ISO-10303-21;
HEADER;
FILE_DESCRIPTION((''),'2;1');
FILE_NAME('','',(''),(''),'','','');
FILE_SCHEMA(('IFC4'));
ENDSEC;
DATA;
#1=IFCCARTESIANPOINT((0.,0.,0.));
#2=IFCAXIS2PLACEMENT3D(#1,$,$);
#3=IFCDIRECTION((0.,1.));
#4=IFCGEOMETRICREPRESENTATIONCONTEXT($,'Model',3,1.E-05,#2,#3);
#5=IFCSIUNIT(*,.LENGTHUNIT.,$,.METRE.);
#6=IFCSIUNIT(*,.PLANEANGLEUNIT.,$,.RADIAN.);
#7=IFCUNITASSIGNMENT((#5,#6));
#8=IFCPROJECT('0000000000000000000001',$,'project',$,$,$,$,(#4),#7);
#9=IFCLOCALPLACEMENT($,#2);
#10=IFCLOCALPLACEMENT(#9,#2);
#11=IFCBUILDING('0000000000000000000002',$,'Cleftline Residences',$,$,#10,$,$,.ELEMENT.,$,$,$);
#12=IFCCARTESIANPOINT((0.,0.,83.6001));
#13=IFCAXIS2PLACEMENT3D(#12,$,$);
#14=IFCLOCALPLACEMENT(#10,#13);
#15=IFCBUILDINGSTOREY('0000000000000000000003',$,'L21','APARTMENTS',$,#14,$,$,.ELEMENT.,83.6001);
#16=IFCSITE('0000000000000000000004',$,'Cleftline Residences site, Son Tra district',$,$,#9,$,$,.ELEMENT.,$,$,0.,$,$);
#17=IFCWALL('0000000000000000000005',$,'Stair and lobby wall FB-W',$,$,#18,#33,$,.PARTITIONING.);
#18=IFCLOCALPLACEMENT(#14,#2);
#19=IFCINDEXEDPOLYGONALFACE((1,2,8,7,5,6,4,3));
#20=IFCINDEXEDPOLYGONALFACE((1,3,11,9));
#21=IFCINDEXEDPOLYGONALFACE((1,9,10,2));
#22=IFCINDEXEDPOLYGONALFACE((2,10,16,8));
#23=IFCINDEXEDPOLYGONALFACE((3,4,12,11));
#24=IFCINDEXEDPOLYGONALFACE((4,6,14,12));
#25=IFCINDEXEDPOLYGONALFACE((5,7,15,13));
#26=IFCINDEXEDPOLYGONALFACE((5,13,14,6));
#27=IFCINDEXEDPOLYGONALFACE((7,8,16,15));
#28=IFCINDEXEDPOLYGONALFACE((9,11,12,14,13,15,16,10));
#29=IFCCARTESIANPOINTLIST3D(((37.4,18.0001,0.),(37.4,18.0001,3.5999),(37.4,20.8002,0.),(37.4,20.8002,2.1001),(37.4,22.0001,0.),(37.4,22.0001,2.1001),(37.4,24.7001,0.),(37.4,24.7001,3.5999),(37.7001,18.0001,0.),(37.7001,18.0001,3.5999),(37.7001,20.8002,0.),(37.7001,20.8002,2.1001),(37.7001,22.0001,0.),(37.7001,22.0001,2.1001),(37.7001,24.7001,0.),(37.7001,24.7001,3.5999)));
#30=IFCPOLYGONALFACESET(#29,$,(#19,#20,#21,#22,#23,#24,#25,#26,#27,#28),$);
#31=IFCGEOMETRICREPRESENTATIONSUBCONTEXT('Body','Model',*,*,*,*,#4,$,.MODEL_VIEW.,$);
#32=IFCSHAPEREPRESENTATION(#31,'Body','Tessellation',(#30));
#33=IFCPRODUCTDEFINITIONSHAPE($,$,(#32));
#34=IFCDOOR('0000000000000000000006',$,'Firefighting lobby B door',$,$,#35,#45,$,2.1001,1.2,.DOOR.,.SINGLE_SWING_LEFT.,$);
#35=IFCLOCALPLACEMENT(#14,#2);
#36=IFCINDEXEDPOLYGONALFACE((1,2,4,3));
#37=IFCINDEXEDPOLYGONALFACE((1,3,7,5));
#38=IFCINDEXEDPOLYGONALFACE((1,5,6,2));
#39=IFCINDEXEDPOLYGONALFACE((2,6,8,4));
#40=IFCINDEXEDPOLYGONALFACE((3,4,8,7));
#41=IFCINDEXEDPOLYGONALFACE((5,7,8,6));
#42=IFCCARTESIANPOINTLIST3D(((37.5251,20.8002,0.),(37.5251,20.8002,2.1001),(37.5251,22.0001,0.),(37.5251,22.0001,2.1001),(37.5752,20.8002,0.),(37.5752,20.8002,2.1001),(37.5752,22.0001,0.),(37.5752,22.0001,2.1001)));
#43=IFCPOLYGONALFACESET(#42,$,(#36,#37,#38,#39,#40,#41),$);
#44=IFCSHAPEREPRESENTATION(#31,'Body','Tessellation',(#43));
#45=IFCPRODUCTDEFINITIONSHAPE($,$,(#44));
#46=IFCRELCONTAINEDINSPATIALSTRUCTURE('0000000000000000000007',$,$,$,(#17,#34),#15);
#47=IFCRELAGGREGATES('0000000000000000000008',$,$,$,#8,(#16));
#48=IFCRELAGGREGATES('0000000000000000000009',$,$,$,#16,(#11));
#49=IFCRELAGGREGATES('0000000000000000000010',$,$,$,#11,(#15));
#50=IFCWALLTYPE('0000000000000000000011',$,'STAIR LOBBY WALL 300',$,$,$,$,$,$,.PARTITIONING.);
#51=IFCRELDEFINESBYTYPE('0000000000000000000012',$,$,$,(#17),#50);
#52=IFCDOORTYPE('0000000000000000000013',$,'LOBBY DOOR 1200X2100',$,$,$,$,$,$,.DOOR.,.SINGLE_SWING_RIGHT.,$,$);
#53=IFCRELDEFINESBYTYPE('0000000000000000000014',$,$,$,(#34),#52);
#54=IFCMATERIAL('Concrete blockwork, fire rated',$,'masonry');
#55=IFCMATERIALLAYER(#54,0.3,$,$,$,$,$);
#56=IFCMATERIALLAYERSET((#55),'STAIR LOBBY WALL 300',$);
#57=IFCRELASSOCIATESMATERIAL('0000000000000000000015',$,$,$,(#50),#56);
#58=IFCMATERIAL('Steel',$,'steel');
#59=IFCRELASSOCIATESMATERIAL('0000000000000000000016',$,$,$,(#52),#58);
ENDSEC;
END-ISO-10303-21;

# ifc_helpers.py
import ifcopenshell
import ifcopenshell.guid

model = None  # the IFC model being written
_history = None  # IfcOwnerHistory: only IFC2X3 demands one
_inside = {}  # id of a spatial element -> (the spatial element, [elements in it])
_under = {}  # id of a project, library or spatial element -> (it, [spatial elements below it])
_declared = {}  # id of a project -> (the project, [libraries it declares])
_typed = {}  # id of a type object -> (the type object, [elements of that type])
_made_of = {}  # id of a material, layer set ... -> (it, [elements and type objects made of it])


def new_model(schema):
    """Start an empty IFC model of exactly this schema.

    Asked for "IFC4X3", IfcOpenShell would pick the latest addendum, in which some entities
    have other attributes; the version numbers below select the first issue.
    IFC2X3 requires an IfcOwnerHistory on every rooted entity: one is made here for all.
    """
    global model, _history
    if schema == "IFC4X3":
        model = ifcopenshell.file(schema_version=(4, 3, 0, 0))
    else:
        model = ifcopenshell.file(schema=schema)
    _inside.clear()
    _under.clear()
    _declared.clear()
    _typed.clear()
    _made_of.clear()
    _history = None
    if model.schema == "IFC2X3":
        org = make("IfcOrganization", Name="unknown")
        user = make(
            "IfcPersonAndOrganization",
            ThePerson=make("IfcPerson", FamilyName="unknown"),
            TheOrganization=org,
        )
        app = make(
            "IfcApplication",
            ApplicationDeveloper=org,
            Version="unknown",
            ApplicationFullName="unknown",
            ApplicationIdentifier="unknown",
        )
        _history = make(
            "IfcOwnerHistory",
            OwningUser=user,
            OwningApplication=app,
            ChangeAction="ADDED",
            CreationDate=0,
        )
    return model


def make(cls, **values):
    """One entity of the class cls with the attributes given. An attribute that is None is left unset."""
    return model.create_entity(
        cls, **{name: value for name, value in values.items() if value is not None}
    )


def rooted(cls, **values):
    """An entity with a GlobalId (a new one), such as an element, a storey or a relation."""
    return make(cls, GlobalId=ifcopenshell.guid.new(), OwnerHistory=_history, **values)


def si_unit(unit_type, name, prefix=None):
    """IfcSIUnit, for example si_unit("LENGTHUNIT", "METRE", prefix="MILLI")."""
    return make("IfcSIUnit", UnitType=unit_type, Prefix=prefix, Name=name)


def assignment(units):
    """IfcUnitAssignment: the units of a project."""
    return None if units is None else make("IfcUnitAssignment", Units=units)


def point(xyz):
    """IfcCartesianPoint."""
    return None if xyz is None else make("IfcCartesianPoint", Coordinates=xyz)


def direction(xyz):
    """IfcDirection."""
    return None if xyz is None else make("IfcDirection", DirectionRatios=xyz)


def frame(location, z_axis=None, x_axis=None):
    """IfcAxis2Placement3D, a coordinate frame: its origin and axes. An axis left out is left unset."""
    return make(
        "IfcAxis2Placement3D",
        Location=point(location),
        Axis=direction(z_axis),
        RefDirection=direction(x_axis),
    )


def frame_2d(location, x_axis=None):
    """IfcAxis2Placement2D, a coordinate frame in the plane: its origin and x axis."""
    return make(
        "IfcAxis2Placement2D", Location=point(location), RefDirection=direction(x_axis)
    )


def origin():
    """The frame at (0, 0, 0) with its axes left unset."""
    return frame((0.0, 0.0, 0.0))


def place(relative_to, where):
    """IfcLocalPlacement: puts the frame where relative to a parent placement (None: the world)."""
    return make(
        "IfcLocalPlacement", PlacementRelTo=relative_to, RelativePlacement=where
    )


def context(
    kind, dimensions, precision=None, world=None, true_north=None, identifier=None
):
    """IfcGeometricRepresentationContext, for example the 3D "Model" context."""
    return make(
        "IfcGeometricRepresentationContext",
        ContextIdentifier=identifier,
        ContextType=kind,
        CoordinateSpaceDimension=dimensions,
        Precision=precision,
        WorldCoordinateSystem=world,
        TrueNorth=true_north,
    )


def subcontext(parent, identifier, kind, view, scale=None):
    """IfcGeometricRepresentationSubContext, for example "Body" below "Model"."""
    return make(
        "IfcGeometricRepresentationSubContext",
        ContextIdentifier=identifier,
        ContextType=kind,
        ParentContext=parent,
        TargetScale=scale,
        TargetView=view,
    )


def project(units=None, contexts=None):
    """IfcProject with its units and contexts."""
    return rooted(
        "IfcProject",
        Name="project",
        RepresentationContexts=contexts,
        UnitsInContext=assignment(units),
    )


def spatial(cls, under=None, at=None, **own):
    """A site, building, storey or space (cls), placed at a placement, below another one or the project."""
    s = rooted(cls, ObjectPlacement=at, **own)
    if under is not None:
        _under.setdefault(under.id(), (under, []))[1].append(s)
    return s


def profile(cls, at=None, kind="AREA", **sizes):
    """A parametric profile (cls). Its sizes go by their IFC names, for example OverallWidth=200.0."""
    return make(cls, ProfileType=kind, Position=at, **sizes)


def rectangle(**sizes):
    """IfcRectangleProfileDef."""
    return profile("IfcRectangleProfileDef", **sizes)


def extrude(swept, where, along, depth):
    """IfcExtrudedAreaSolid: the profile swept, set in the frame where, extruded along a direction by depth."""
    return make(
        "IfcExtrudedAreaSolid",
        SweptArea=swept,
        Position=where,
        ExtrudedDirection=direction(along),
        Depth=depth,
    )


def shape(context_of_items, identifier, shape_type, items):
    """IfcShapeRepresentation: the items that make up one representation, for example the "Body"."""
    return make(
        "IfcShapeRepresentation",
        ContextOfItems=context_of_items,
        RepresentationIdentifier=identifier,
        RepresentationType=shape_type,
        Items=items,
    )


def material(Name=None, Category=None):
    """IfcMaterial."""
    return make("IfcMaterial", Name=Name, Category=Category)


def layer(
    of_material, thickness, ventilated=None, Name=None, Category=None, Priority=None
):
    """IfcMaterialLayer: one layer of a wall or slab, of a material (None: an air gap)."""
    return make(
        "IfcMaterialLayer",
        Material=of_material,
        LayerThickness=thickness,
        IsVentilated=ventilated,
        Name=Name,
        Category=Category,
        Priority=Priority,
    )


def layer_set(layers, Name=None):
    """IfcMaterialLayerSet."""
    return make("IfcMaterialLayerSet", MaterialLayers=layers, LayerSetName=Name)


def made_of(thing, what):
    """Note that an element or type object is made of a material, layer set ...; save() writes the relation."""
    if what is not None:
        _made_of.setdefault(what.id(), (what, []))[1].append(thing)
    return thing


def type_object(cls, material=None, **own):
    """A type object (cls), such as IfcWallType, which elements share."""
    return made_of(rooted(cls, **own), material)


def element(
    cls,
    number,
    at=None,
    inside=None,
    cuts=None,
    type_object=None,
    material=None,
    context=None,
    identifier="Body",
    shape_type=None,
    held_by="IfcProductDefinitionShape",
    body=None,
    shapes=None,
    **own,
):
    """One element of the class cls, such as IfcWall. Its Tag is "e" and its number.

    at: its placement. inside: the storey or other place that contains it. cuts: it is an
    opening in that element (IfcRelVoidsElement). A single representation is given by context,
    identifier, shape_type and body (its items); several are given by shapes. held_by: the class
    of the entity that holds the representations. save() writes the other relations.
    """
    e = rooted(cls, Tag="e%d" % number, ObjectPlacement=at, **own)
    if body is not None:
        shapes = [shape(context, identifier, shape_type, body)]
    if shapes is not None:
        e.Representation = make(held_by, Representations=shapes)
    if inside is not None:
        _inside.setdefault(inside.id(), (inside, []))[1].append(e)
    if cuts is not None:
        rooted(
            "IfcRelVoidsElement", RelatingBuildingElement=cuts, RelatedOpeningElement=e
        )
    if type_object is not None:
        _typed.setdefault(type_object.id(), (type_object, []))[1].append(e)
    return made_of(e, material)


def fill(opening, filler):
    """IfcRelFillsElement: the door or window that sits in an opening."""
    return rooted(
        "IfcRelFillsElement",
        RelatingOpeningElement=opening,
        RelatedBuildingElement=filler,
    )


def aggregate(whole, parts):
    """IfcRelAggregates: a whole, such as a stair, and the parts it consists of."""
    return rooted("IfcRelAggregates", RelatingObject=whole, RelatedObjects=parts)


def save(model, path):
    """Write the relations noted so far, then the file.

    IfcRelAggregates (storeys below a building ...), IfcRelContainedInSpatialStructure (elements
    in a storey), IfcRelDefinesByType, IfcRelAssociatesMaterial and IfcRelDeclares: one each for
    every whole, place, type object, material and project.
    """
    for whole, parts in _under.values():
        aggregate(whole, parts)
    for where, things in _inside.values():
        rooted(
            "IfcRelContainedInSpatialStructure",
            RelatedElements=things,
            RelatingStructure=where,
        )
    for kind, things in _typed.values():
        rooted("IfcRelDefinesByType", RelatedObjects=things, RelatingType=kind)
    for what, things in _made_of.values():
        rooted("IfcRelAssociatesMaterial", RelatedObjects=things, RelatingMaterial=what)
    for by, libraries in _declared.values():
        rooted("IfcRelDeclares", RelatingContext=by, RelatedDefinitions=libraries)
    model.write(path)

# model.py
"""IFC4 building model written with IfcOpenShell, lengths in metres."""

from ifc_helpers import new_model, si_unit, direction, frame, frame_2d, origin, place, context, subcontext, project, spatial, rectangle, extrude, material, layer, layer_set, type_object, element, fill, save


model = new_model("IFC4")

# Units and contexts
model_context = context("Model", 3, precision=1e-05, world=origin(), true_north=direction((0.0, 1.0)))
body_context = subcontext(model_context, "Body", "Model", "MODEL_VIEW")
ifc_project = project(units=[si_unit("LENGTHUNIT", "METRE"), si_unit("PLANEANGLEUNIT", "RADIAN")], contexts=[model_context])

# Site, building, storey
site_placement = place(None, origin())
site = spatial("IfcSite", under=ifc_project, at=site_placement, Name="Cleftline Residences site, Son Tra district", CompositionType="ELEMENT", RefElevation=0.0)
building_placement = place(site_placement, origin())
building = spatial("IfcBuilding", under=site, at=building_placement, Name="Cleftline Residences", CompositionType="ELEMENT")
storey_placement = place(building_placement, frame((0.0, 0.0, 83.6001)))
storey = spatial("IfcBuildingStorey", under=building, at=storey_placement, Name="L21", Description="APARTMENTS", CompositionType="ELEMENT", Elevation=83.6001)

# Wall, opening, door
ifc_material_1 = material(Name="Concrete blockwork, fire rated", Category="masonry")
ifc_layer_1 = layer(ifc_material_1, 0.3)
ifc_layer_set_1 = layer_set([ifc_layer_1], Name="STAIR LOBBY WALL 300")
wall_type_1 = type_object("IfcWallType", Name="STAIR LOBBY WALL 300", PredefinedType="PARTITIONING", material=ifc_layer_set_1)
ifc_material_2 = material(Name="Steel", Category="steel")
door_type_1 = type_object("IfcDoorType", Name="LOBBY DOOR 1200X2100", OperationType="SINGLE_SWING_RIGHT", PredefinedType="DOOR", material=ifc_material_2)
wall_1_placement = place(storey_placement, frame((37.55, 18.0, 0.0), z_axis=(0.0, 0.0, 1.0), x_axis=(0.0, 1.0, 0.0)))
wall_1 = element("IfcWall", 1, at=wall_1_placement, inside=storey, type_object=wall_type_1, Name="Stair and lobby wall FB-W", PredefinedType="PARTITIONING", context=body_context, shape_type="SweptSolid", body=[
    extrude(rectangle(XDim=6.7, YDim=0.3, at=frame_2d((3.3501, 0.0))), origin(), (0.0, 0.0, 1.0), 3.5999),
])
opening_1_placement = place(wall_1_placement, frame((2.8, 0.0, 0.0)))
opening_1 = element("IfcOpeningElement", 2, at=opening_1_placement, cuts=wall_1, PredefinedType="OPENING", context=body_context, shape_type="SweptSolid", body=[
    extrude(rectangle(XDim=1.2, YDim=2.1001, at=frame_2d((0.6001, 1.05))), frame((0.0, 0.1599, 0.0), z_axis=(0.0, -1.0, 0.0), x_axis=(1.0, 0.0, 0.0)), (0.0, 0.0, 1.0), 0.3201),
])
door_1_placement = place(opening_1_placement, origin())
door_1 = element("IfcDoor", 3, at=door_1_placement, inside=storey, type_object=door_type_1, Name="Firefighting lobby B door", OperationType="SINGLE_SWING_LEFT", OverallHeight=2.1001, OverallWidth=1.2, PredefinedType="DOOR", context=body_context, shape_type="SweptSolid", body=[
    extrude(rectangle(XDim=1.2, YDim=2.1001, at=frame_2d((0.6001, 1.05))), frame((0.0, 0.0249, 0.0), z_axis=(0.0, -1.0, 0.0), x_axis=(1.0, 0.0, 0.0)), (0.0, 0.0, 1.0), 0.05),
])
fill(opening_1, door_1)

save(model, "model.ifc")
